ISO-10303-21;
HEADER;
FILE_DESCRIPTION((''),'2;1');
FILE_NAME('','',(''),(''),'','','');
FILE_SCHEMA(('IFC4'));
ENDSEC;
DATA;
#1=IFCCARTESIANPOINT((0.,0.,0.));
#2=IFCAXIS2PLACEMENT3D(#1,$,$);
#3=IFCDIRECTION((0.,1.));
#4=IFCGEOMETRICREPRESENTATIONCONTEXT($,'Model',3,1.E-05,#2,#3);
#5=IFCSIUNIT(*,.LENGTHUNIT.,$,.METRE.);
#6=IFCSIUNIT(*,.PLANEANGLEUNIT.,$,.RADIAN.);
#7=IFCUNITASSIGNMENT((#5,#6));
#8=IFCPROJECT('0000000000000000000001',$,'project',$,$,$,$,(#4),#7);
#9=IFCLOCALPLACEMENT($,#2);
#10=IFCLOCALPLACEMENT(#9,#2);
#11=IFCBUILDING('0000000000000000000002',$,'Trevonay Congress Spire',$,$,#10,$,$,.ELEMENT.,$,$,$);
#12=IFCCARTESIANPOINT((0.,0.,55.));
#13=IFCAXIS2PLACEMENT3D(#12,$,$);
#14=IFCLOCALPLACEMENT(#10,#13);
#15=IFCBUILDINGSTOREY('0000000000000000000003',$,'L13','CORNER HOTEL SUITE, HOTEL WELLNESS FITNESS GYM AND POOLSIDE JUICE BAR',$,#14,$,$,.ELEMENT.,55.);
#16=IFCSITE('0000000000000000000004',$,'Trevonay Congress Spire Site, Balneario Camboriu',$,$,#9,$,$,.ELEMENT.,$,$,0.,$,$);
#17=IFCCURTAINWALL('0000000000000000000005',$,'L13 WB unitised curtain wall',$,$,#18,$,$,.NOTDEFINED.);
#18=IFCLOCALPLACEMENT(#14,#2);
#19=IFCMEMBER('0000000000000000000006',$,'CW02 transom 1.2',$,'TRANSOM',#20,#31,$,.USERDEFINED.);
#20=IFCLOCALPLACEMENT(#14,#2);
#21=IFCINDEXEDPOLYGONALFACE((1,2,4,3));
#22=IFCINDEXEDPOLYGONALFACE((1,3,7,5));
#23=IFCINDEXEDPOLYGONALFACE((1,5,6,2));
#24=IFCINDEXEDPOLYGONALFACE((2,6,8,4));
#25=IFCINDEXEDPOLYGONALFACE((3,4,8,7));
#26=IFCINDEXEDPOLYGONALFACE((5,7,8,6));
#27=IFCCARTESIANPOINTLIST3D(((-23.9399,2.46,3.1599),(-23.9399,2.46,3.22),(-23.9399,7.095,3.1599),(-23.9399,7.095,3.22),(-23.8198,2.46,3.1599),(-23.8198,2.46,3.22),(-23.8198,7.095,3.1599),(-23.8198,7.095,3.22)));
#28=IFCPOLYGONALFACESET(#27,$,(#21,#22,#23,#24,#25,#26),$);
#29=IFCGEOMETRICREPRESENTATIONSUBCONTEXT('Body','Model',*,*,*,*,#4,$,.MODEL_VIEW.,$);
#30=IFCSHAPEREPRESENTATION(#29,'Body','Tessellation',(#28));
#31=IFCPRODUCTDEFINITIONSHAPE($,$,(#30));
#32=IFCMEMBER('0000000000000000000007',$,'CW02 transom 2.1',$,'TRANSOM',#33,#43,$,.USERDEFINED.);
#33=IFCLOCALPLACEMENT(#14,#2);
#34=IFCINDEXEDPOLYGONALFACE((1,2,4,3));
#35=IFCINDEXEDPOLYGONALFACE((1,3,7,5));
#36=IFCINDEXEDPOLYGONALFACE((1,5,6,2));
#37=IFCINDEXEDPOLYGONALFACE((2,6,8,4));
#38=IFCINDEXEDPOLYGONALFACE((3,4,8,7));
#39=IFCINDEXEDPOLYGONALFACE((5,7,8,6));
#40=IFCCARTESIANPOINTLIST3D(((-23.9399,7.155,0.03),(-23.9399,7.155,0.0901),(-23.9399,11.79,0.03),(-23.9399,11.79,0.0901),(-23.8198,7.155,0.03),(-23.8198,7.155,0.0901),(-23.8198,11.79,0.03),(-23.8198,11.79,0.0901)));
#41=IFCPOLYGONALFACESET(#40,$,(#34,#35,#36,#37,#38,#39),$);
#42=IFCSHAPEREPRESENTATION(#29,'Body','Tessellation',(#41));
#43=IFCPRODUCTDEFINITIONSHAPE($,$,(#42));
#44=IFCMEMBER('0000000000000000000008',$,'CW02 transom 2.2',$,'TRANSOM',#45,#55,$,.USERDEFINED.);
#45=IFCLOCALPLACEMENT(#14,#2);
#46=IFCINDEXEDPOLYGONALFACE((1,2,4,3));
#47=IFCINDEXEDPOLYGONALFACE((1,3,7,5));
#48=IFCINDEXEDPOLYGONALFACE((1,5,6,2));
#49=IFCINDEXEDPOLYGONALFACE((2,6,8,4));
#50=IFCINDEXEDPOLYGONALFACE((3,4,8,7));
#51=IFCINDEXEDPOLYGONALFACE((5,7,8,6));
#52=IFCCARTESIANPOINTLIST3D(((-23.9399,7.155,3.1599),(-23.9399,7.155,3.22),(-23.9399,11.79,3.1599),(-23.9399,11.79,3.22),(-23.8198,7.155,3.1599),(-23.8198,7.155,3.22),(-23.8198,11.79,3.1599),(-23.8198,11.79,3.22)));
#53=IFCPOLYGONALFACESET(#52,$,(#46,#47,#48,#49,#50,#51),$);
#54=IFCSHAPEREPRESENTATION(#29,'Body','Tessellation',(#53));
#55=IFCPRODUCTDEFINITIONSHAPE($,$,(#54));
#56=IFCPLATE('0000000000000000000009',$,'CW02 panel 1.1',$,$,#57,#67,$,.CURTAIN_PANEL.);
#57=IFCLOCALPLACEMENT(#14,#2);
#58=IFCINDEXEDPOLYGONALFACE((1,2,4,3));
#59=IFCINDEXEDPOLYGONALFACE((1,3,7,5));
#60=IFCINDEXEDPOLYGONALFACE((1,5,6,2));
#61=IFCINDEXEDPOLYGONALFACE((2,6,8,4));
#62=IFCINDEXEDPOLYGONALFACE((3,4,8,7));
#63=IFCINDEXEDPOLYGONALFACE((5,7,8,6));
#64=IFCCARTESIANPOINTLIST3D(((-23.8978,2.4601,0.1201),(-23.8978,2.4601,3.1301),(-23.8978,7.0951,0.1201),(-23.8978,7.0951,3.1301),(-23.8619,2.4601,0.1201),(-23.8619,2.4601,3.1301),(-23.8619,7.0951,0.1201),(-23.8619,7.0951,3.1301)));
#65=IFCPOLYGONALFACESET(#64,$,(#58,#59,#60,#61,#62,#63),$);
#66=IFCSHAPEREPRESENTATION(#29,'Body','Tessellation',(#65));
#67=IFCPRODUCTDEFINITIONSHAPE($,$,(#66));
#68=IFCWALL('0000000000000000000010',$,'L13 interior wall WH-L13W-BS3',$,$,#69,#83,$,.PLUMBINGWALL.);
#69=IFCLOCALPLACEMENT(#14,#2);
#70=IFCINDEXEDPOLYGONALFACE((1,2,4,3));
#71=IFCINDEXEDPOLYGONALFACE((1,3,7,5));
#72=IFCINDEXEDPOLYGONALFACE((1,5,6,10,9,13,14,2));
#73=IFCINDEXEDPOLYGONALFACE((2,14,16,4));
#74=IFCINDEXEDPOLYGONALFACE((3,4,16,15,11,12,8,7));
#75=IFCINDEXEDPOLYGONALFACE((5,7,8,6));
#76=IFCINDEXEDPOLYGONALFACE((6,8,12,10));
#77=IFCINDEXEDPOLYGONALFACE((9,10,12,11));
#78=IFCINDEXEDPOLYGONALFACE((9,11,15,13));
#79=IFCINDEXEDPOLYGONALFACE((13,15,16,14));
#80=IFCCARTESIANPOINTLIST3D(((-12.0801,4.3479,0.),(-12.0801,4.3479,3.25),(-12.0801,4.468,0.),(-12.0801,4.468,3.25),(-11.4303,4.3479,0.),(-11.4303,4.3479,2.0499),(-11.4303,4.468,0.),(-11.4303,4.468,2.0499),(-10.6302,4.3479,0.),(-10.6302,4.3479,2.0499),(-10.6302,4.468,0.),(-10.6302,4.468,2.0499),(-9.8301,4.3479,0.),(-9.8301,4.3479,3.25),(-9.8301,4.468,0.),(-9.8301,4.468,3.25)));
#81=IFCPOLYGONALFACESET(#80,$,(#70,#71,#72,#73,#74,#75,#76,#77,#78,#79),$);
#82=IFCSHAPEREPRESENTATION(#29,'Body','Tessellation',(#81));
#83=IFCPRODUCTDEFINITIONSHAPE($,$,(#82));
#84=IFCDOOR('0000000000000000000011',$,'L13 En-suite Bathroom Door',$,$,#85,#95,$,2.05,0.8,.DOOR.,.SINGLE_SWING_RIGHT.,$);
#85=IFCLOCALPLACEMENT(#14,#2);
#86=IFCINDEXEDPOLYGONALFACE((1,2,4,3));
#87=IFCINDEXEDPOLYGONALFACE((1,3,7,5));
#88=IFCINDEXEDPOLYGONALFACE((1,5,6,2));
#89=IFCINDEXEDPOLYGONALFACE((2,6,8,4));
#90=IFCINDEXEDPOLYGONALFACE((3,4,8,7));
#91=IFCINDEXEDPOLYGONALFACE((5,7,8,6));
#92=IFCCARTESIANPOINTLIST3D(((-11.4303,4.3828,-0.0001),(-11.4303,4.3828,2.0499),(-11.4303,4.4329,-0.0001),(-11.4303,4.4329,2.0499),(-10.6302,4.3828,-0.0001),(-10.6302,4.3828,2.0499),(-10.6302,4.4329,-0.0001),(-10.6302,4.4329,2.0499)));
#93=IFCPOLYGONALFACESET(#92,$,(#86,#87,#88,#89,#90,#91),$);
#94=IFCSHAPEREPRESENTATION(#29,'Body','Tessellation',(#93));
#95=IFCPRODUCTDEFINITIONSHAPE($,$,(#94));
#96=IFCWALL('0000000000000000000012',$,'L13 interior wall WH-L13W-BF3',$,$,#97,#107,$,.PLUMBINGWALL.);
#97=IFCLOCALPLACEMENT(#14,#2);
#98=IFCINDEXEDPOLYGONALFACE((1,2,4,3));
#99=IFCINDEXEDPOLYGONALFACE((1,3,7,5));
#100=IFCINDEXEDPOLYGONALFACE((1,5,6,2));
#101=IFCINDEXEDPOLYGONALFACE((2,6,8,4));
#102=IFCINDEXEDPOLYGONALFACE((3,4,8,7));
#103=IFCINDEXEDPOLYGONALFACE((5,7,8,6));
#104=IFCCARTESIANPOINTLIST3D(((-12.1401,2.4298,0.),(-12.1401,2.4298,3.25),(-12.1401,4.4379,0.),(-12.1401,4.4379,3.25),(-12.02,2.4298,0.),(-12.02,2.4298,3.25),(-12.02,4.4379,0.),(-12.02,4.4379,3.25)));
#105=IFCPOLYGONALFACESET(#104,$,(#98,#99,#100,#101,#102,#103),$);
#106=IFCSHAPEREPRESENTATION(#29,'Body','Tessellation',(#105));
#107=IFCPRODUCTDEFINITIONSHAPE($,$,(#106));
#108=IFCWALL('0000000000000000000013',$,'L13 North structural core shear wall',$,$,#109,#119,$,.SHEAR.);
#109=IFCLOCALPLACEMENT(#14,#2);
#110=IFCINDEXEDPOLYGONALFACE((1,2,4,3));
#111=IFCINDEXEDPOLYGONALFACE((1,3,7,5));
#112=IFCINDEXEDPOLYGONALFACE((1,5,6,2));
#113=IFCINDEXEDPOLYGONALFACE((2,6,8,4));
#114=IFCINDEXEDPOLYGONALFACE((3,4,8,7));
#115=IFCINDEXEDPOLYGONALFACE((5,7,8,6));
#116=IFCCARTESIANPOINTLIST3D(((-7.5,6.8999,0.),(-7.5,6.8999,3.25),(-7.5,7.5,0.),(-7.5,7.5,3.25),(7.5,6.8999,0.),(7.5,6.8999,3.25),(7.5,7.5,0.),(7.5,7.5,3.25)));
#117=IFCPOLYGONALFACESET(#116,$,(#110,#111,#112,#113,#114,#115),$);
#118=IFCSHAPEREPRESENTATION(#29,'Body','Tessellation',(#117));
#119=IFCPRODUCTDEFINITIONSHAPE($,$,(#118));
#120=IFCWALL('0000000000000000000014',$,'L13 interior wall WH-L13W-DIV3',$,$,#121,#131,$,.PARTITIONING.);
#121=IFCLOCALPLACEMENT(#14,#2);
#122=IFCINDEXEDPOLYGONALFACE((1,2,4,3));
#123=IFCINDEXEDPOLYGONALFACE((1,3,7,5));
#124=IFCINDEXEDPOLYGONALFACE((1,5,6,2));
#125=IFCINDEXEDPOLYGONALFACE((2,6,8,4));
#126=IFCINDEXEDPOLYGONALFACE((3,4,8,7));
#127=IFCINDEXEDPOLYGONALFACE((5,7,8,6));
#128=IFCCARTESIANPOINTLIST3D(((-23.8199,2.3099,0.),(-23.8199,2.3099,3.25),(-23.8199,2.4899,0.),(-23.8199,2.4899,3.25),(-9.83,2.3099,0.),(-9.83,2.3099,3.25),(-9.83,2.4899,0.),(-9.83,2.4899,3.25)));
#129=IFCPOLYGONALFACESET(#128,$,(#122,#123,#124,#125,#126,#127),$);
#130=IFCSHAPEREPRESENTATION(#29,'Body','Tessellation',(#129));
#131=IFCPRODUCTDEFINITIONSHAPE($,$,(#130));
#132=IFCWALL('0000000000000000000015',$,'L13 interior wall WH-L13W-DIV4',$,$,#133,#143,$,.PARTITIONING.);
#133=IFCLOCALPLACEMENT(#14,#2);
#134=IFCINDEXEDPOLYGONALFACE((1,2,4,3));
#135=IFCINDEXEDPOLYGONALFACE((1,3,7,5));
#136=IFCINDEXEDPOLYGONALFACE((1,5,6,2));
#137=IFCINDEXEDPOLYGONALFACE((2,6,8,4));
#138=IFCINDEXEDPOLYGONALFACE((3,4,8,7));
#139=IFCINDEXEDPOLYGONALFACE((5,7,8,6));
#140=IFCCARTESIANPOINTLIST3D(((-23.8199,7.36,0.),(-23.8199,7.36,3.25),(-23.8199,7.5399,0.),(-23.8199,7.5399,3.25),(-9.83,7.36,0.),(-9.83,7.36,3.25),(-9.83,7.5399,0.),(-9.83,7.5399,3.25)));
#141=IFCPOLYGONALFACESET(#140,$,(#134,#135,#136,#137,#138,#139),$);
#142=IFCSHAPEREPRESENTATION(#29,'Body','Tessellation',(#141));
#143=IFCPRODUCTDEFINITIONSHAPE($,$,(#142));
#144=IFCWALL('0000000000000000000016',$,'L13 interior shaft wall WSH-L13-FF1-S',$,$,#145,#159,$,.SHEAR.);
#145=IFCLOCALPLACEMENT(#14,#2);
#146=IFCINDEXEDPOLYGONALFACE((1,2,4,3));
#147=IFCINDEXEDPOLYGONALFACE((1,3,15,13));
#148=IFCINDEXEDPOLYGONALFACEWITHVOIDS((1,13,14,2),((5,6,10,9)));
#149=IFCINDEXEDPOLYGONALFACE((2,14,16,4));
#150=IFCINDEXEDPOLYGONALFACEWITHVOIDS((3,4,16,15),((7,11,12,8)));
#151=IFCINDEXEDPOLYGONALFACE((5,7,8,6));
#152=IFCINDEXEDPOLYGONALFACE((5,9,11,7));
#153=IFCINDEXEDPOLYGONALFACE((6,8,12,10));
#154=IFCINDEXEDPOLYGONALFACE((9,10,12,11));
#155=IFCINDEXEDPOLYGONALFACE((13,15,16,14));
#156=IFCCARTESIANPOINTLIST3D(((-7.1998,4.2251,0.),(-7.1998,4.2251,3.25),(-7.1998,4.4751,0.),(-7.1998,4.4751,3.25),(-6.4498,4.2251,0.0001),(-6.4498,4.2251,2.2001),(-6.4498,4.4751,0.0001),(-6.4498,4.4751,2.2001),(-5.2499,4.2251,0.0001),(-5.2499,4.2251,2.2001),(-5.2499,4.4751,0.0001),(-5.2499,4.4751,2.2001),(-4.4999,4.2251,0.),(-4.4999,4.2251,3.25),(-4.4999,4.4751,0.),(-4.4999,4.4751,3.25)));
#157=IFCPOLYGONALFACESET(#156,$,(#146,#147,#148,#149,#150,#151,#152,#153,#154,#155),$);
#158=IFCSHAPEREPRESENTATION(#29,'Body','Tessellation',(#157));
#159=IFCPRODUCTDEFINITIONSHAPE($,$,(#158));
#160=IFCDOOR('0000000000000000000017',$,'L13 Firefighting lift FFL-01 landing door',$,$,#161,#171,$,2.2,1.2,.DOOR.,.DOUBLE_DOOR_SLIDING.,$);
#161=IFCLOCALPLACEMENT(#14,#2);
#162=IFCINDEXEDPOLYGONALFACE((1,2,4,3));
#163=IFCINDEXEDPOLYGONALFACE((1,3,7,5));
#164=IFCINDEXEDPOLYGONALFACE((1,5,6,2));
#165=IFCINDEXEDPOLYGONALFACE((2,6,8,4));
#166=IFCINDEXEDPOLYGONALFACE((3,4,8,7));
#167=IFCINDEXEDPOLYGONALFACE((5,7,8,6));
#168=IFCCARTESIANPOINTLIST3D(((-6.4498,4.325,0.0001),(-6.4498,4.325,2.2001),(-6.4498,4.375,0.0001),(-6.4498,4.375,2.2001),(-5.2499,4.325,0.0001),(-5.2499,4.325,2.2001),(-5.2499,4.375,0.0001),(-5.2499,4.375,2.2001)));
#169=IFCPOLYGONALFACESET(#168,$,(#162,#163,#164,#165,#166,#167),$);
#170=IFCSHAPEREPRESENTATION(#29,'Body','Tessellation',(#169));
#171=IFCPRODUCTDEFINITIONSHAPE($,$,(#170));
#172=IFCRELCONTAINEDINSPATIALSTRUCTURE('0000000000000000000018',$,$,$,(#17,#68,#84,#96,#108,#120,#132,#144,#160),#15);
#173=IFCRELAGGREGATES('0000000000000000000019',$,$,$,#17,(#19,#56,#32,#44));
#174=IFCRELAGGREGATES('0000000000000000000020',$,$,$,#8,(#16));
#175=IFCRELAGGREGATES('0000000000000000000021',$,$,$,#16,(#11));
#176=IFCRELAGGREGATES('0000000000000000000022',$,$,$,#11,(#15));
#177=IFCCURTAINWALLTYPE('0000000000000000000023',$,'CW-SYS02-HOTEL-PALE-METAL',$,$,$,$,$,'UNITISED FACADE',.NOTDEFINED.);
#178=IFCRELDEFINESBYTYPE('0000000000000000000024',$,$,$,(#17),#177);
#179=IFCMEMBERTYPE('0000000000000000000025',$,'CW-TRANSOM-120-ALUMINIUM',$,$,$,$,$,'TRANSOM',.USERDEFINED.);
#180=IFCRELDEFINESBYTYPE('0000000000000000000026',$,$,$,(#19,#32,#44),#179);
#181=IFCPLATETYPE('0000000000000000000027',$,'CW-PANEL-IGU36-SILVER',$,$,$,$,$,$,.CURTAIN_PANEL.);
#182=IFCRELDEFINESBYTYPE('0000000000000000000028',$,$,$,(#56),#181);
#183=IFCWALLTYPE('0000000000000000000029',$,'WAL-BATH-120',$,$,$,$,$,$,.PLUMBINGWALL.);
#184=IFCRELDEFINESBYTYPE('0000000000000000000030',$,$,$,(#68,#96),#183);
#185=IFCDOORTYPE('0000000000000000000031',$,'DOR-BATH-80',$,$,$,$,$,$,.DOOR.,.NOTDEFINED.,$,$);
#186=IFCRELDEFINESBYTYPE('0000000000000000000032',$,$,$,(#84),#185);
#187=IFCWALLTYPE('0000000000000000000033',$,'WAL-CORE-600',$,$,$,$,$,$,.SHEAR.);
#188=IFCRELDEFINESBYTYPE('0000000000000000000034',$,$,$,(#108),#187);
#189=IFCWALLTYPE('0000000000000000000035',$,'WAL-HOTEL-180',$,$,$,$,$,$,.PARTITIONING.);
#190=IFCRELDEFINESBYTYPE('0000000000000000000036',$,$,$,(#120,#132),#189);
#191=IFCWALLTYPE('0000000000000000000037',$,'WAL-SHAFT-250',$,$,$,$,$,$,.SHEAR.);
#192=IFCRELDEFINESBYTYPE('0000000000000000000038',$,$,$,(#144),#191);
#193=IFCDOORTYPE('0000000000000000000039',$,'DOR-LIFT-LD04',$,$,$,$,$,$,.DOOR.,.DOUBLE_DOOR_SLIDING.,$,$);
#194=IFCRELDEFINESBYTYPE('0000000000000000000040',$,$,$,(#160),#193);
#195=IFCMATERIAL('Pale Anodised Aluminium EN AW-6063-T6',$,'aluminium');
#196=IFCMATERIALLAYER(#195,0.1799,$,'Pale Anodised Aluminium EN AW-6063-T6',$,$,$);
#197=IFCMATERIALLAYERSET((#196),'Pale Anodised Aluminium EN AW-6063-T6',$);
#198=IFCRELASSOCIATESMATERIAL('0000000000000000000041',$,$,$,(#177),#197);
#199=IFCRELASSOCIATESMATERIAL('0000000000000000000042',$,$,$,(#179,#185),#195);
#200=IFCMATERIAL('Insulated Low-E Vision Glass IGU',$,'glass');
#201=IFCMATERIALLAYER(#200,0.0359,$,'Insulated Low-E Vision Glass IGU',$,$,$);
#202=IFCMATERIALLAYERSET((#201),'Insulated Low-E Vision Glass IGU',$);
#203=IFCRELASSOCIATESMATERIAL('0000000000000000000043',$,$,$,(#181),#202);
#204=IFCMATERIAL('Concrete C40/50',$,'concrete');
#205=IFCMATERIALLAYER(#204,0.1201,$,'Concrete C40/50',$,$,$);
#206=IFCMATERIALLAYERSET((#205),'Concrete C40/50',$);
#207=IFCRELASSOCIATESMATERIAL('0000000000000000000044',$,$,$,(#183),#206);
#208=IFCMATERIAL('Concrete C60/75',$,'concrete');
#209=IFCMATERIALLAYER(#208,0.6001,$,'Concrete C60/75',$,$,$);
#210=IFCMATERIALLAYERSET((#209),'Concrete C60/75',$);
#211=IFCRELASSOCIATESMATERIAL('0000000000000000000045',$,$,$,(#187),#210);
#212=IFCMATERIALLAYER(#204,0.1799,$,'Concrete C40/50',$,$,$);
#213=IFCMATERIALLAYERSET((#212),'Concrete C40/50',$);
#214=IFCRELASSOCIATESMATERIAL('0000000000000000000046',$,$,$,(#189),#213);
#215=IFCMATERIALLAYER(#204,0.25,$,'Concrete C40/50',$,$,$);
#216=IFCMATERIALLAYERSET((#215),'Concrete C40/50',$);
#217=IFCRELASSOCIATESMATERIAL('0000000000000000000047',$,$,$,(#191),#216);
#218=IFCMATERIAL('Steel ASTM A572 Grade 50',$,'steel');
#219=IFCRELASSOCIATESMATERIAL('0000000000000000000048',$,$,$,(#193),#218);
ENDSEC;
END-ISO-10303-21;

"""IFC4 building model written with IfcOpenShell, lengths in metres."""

from ifc_helpers import new_model, si_unit, direction, frame, frame_2d, origin, origin_2d, place, context, subcontext, project, spatial, rectangle, extrude, material, layer, layer_set, material_profile, profile_set, type_object, element, fill, aggregate, save


model = new_model("IFC4")

# Units and contexts
model_context = context("Model", 3, precision=1e-05, world=origin(), true_north=direction((0.0, 1.0)))
body_context = subcontext(model_context, "Body", "Model", "MODEL_VIEW")
ifc_project = project(units=[si_unit("LENGTHUNIT", "METRE"), si_unit("PLANEANGLEUNIT", "RADIAN")], contexts=[model_context])

# Site, building, storey
site_placement = place(None, origin())
site = spatial("IfcSite", under=ifc_project, at=site_placement, Name="Trevonay Congress Spire Site, Balneario Camboriu", CompositionType="ELEMENT", RefElevation=0.0)
building_placement = place(site_placement, origin())
building = spatial("IfcBuilding", under=site, at=building_placement, Name="Trevonay Congress Spire", CompositionType="ELEMENT")
storey_placement = place(building_placement, frame((0.0, 0.0, 55.0)))
storey = spatial("IfcBuildingStorey", under=building, at=storey_placement, Name="L13", Description="CORNER HOTEL SUITE, HOTEL WELLNESS FITNESS GYM AND POOLSIDE JUICE BAR", CompositionType="ELEMENT", Elevation=55.0)

# Shared definitions
ifc_material_1 = material(Name="Steel ASTM A572 Grade 50", Category="steel")

# Curtain wall, members, plate
ifc_material_2 = material(Name="Pale Anodised Aluminium EN AW-6063-T6", Category="aluminium")
ifc_layer_1 = layer(ifc_material_2, 0.1799, Name="Pale Anodised Aluminium EN AW-6063-T6")
ifc_layer_set_1 = layer_set([ifc_layer_1], Name="Pale Anodised Aluminium EN AW-6063-T6")
curtain_wall_type = type_object("IfcCurtainWallType", Name="CW-SYS02-HOTEL-PALE-METAL", ElementType="UNITISED FACADE", PredefinedType="NOTDEFINED", material=ifc_layer_set_1)
curtain_wall_placement = place(storey_placement, origin())
curtain_wall = element("IfcCurtainWall", 1, at=curtain_wall_placement, inside=storey, type_object=curtain_wall_type, Name="L13 WB unitised curtain wall", PredefinedType="NOTDEFINED")
ifc_material_profile_1 = material_profile(ifc_material_2, rectangle(XDim=0.1201, YDim=0.0601, at=origin_2d()), Name="CW-TRANSOM-120-ALUMINIUM")
ifc_profile_set_1 = profile_set([ifc_material_profile_1], Name="Pale Anodised Aluminium EN AW-6063-T6")
member_type_1 = type_object("IfcMemberType", Name="CW-TRANSOM-120-ALUMINIUM", ElementType="TRANSOM", PredefinedType="USERDEFINED", material=ifc_profile_set_1)
member_1_placement = place(storey_placement, frame((-23.8799, 2.46, 3.1899), z_axis=(0.0, 1.0, 0.0), x_axis=(-1.0, 0.0, 0.0)))
member_1 = element("IfcMember", 2, at=member_1_placement, type_object=member_type_1, Name="CW02 transom 1.2", ObjectType="TRANSOM", PredefinedType="USERDEFINED", context=body_context, shape_type="SweptSolid", body=[
    extrude(rectangle(XDim=0.1201, YDim=0.0601, at=origin_2d()), origin(), (0.0, 0.0, 1.0), 4.635),
])
member_2_placement = place(storey_placement, frame((-23.8799, 7.155, 0.0601), z_axis=(0.0, 1.0, 0.0), x_axis=(-1.0, 0.0, 0.0)))
member_2 = element("IfcMember", 3, at=member_2_placement, type_object=member_type_1, Name="CW02 transom 2.1", ObjectType="TRANSOM", PredefinedType="USERDEFINED", context=body_context, shape_type="SweptSolid", body=[
    extrude(rectangle(XDim=0.1201, YDim=0.0601, at=origin_2d()), origin(), (0.0, 0.0, 1.0), 4.635),
])
member_3_placement = place(storey_placement, frame((-23.8799, 7.155, 3.1899), z_axis=(0.0, 1.0, 0.0), x_axis=(-1.0, 0.0, 0.0)))
member_3 = element("IfcMember", 4, at=member_3_placement, type_object=member_type_1, Name="CW02 transom 2.2", ObjectType="TRANSOM", PredefinedType="USERDEFINED", context=body_context, shape_type="SweptSolid", body=[
    extrude(rectangle(XDim=0.1201, YDim=0.0601, at=origin_2d()), origin(), (0.0, 0.0, 1.0), 4.635),
])
ifc_material_3 = material(Name="Insulated Low-E Vision Glass IGU", Category="glass")
ifc_layer_2 = layer(ifc_material_3, 0.0359, Name="Insulated Low-E Vision Glass IGU")
ifc_layer_set_2 = layer_set([ifc_layer_2], Name="Insulated Low-E Vision Glass IGU")
plate_type = type_object("IfcPlateType", Name="CW-PANEL-IGU36-SILVER", PredefinedType="CURTAIN_PANEL", material=ifc_layer_set_2)
plate_placement = place(storey_placement, frame((-23.8799, 4.7776, 0.1201), z_axis=(0.0, 0.0, 1.0), x_axis=(0.0, 1.0, 0.0)))
plate = element("IfcPlate", 5, at=plate_placement, type_object=plate_type, Name="CW02 panel 1.1", PredefinedType="CURTAIN_PANEL", context=body_context, shape_type="SweptSolid", body=[
    extrude(rectangle(XDim=4.635, YDim=0.0359, at=origin_2d()), origin(), (0.0, 0.0, 1.0), 3.01),
])
aggregate(curtain_wall, [member_1, plate, member_2, member_3])

# Wall, opening, door
ifc_material_4 = material(Name="Concrete C40/50", Category="concrete")
ifc_layer_3 = layer(ifc_material_4, 0.1201, Name="Concrete C40/50")
ifc_layer_set_3 = layer_set([ifc_layer_3], Name="Concrete C40/50")
wall_type_1 = type_object("IfcWallType", Name="WAL-BATH-120", PredefinedType="PLUMBINGWALL", material=ifc_layer_set_3)
wall_1_placement = place(storey_placement, frame((-12.0801, 4.408, 0.0), z_axis=(0.0, 0.0, 1.0), x_axis=(1.0, 0.0, 0.0)))
wall_1 = element("IfcWall", 6, at=wall_1_placement, inside=storey, type_object=wall_type_1, Name="L13 interior wall WH-L13W-BS3", PredefinedType="PLUMBINGWALL", context=body_context, shape_type="SweptSolid", body=[
    extrude(rectangle(XDim=2.25, YDim=0.1201, at=frame_2d((1.125, 0.0))), origin(), (0.0, 0.0, 1.0), 3.25),
])
opening_1_placement = place(wall_1_placement, frame((0.6499, 0.0, 0.0)))
opening_1 = element("IfcOpeningElement", 7, at=opening_1_placement, cuts=wall_1, PredefinedType="OPENING", context=body_context, shape_type="SweptSolid", body=[
    extrude(rectangle(XDim=0.8, YDim=2.05, at=frame_2d((0.3999, 1.0249))), frame((0.0, 0.0701, 0.0), z_axis=(0.0, -1.0, 0.0), x_axis=(1.0, 0.0, 0.0)), (0.0, 0.0, 1.0), 0.1401),
])
door_type_1 = type_object("IfcDoorType", Name="DOR-BATH-80", OperationType="NOTDEFINED", PredefinedType="DOOR", material=ifc_material_2)
door_1_placement = place(opening_1_placement, origin())
door_1 = element("IfcDoor", 8, at=door_1_placement, inside=storey, type_object=door_type_1, Name="L13 En-suite Bathroom Door", OperationType="SINGLE_SWING_RIGHT", OverallHeight=2.05, OverallWidth=0.8, PredefinedType="DOOR", context=body_context, shape_type="SweptSolid", body=[
    extrude(rectangle(XDim=0.8, YDim=2.05, at=frame_2d((0.3999, 1.0249))), frame((0.0, 0.0249, 0.0), z_axis=(0.0, -1.0, 0.0), x_axis=(1.0, 0.0, 0.0)), (0.0, 0.0, 1.0), 0.05),
])
fill(opening_1, door_1)

# Walls
wall_2_placement = place(storey_placement, frame((-12.0801, 2.4299, 0.0), z_axis=(0.0, 0.0, 1.0), x_axis=(0.0, 1.0, 0.0)))
element("IfcWall", 9, at=wall_2_placement, inside=storey, type_object=wall_type_1, Name="L13 interior wall WH-L13W-BF3", PredefinedType="PLUMBINGWALL", context=body_context, shape_type="SweptSolid", body=[
    extrude(rectangle(XDim=2.0081, YDim=0.1201, at=frame_2d((1.0039, 0.0))), origin(), (0.0, 0.0, 1.0), 3.25),
])
ifc_material_5 = material(Name="Concrete C60/75", Category="concrete")
ifc_layer_4 = layer(ifc_material_5, 0.6001, Name="Concrete C60/75")
ifc_layer_set_4 = layer_set([ifc_layer_4], Name="Concrete C60/75")
wall_type_2 = type_object("IfcWallType", Name="WAL-CORE-600", PredefinedType="SHEAR", material=ifc_layer_set_4)
wall_3_placement = place(storey_placement, frame((-7.5, 7.2, 0.0), z_axis=(0.0, 0.0, 1.0), x_axis=(1.0, 0.0, 0.0)))
element("IfcWall", 10, at=wall_3_placement, inside=storey, type_object=wall_type_2, Name="L13 North structural core shear wall", PredefinedType="SHEAR", context=body_context, shape_type="SweptSolid", body=[
    extrude(rectangle(XDim=15.0, YDim=0.6001, at=frame_2d((7.5, 0.0))), origin(), (0.0, 0.0, 1.0), 3.25),
])
ifc_layer_5 = layer(ifc_material_4, 0.1799, Name="Concrete C40/50")
ifc_layer_set_5 = layer_set([ifc_layer_5], Name="Concrete C40/50")
wall_type_3 = type_object("IfcWallType", Name="WAL-HOTEL-180", PredefinedType="PARTITIONING", material=ifc_layer_set_5)
for number, where, z_axis, x_axis, name in (
    (11, (-23.8201, 2.3999, 0.0), (0.0, 0.0, 1.0), (1.0, 0.0, 0.0), "L13 interior wall WH-L13W-DIV3"),
    (12, (-23.8201, 7.45, 0.0), (0.0, 0.0, 1.0), (1.0, 0.0, 0.0), "L13 interior wall WH-L13W-DIV4"),
):
    element("IfcWall", number, at=place(storey_placement, frame(where, z_axis=z_axis, x_axis=x_axis)), inside=storey, type_object=wall_type_3, Name=name, PredefinedType="PARTITIONING", context=body_context, shape_type="SweptSolid", body=[
        extrude(rectangle(XDim=13.99, YDim=0.1799, at=frame_2d((6.9951, 0.0))), origin(), (0.0, 0.0, 1.0), 3.25),
    ])

# Wall, opening, door
ifc_layer_6 = layer(ifc_material_4, 0.25, Name="Concrete C40/50")
ifc_layer_set_6 = layer_set([ifc_layer_6], Name="Concrete C40/50")
wall_type_4 = type_object("IfcWallType", Name="WAL-SHAFT-250", PredefinedType="SHEAR", material=ifc_layer_set_6)
wall_4_placement = place(storey_placement, frame((-7.2, 4.3501, 0.0), z_axis=(0.0, 0.0, 1.0), x_axis=(1.0, 0.0, 0.0)))
wall_4 = element("IfcWall", 13, at=wall_4_placement, inside=storey, type_object=wall_type_4, Name="L13 interior shaft wall WSH-L13-FF1-S", PredefinedType="SHEAR", context=body_context, shape_type="SweptSolid", body=[
    extrude(rectangle(XDim=2.7, YDim=0.25, at=frame_2d((1.3501, 0.0))), origin(), (0.0, 0.0, 1.0), 3.25),
])
opening_2_placement = place(wall_4_placement, frame((0.75, 0.0, 0.0)))
opening_2 = element("IfcOpeningElement", 14, at=opening_2_placement, cuts=wall_4, PredefinedType="OPENING", context=body_context, shape_type="SweptSolid", body=[
    extrude(rectangle(XDim=1.2, YDim=2.2, at=frame_2d((0.6001, 1.1001))), frame((0.0, 0.135, 0.0), z_axis=(0.0, -1.0, 0.0), x_axis=(1.0, 0.0, 0.0)), (0.0, 0.0, 1.0), 0.27),
])
door_type_2 = type_object("IfcDoorType", Name="DOR-LIFT-LD04", OperationType="DOUBLE_DOOR_SLIDING", PredefinedType="DOOR", material=ifc_material_1)
door_2_placement = place(opening_2_placement, origin())
door_2 = element("IfcDoor", 15, at=door_2_placement, inside=storey, type_object=door_type_2, Name="L13 Firefighting lift FFL-01 landing door", OperationType="DOUBLE_DOOR_SLIDING", OverallHeight=2.2, OverallWidth=1.2, PredefinedType="DOOR", context=body_context, shape_type="SweptSolid", body=[
    extrude(rectangle(XDim=1.2, YDim=2.2, at=frame_2d((0.6001, 1.1001))), frame((0.0, 0.0249, 0.0), z_axis=(0.0, -1.0, 0.0), x_axis=(1.0, 0.0, 0.0)), (0.0, 0.0, 1.0), 0.05),
])
fill(opening_2, door_2)

save(model, "model.ifc")
